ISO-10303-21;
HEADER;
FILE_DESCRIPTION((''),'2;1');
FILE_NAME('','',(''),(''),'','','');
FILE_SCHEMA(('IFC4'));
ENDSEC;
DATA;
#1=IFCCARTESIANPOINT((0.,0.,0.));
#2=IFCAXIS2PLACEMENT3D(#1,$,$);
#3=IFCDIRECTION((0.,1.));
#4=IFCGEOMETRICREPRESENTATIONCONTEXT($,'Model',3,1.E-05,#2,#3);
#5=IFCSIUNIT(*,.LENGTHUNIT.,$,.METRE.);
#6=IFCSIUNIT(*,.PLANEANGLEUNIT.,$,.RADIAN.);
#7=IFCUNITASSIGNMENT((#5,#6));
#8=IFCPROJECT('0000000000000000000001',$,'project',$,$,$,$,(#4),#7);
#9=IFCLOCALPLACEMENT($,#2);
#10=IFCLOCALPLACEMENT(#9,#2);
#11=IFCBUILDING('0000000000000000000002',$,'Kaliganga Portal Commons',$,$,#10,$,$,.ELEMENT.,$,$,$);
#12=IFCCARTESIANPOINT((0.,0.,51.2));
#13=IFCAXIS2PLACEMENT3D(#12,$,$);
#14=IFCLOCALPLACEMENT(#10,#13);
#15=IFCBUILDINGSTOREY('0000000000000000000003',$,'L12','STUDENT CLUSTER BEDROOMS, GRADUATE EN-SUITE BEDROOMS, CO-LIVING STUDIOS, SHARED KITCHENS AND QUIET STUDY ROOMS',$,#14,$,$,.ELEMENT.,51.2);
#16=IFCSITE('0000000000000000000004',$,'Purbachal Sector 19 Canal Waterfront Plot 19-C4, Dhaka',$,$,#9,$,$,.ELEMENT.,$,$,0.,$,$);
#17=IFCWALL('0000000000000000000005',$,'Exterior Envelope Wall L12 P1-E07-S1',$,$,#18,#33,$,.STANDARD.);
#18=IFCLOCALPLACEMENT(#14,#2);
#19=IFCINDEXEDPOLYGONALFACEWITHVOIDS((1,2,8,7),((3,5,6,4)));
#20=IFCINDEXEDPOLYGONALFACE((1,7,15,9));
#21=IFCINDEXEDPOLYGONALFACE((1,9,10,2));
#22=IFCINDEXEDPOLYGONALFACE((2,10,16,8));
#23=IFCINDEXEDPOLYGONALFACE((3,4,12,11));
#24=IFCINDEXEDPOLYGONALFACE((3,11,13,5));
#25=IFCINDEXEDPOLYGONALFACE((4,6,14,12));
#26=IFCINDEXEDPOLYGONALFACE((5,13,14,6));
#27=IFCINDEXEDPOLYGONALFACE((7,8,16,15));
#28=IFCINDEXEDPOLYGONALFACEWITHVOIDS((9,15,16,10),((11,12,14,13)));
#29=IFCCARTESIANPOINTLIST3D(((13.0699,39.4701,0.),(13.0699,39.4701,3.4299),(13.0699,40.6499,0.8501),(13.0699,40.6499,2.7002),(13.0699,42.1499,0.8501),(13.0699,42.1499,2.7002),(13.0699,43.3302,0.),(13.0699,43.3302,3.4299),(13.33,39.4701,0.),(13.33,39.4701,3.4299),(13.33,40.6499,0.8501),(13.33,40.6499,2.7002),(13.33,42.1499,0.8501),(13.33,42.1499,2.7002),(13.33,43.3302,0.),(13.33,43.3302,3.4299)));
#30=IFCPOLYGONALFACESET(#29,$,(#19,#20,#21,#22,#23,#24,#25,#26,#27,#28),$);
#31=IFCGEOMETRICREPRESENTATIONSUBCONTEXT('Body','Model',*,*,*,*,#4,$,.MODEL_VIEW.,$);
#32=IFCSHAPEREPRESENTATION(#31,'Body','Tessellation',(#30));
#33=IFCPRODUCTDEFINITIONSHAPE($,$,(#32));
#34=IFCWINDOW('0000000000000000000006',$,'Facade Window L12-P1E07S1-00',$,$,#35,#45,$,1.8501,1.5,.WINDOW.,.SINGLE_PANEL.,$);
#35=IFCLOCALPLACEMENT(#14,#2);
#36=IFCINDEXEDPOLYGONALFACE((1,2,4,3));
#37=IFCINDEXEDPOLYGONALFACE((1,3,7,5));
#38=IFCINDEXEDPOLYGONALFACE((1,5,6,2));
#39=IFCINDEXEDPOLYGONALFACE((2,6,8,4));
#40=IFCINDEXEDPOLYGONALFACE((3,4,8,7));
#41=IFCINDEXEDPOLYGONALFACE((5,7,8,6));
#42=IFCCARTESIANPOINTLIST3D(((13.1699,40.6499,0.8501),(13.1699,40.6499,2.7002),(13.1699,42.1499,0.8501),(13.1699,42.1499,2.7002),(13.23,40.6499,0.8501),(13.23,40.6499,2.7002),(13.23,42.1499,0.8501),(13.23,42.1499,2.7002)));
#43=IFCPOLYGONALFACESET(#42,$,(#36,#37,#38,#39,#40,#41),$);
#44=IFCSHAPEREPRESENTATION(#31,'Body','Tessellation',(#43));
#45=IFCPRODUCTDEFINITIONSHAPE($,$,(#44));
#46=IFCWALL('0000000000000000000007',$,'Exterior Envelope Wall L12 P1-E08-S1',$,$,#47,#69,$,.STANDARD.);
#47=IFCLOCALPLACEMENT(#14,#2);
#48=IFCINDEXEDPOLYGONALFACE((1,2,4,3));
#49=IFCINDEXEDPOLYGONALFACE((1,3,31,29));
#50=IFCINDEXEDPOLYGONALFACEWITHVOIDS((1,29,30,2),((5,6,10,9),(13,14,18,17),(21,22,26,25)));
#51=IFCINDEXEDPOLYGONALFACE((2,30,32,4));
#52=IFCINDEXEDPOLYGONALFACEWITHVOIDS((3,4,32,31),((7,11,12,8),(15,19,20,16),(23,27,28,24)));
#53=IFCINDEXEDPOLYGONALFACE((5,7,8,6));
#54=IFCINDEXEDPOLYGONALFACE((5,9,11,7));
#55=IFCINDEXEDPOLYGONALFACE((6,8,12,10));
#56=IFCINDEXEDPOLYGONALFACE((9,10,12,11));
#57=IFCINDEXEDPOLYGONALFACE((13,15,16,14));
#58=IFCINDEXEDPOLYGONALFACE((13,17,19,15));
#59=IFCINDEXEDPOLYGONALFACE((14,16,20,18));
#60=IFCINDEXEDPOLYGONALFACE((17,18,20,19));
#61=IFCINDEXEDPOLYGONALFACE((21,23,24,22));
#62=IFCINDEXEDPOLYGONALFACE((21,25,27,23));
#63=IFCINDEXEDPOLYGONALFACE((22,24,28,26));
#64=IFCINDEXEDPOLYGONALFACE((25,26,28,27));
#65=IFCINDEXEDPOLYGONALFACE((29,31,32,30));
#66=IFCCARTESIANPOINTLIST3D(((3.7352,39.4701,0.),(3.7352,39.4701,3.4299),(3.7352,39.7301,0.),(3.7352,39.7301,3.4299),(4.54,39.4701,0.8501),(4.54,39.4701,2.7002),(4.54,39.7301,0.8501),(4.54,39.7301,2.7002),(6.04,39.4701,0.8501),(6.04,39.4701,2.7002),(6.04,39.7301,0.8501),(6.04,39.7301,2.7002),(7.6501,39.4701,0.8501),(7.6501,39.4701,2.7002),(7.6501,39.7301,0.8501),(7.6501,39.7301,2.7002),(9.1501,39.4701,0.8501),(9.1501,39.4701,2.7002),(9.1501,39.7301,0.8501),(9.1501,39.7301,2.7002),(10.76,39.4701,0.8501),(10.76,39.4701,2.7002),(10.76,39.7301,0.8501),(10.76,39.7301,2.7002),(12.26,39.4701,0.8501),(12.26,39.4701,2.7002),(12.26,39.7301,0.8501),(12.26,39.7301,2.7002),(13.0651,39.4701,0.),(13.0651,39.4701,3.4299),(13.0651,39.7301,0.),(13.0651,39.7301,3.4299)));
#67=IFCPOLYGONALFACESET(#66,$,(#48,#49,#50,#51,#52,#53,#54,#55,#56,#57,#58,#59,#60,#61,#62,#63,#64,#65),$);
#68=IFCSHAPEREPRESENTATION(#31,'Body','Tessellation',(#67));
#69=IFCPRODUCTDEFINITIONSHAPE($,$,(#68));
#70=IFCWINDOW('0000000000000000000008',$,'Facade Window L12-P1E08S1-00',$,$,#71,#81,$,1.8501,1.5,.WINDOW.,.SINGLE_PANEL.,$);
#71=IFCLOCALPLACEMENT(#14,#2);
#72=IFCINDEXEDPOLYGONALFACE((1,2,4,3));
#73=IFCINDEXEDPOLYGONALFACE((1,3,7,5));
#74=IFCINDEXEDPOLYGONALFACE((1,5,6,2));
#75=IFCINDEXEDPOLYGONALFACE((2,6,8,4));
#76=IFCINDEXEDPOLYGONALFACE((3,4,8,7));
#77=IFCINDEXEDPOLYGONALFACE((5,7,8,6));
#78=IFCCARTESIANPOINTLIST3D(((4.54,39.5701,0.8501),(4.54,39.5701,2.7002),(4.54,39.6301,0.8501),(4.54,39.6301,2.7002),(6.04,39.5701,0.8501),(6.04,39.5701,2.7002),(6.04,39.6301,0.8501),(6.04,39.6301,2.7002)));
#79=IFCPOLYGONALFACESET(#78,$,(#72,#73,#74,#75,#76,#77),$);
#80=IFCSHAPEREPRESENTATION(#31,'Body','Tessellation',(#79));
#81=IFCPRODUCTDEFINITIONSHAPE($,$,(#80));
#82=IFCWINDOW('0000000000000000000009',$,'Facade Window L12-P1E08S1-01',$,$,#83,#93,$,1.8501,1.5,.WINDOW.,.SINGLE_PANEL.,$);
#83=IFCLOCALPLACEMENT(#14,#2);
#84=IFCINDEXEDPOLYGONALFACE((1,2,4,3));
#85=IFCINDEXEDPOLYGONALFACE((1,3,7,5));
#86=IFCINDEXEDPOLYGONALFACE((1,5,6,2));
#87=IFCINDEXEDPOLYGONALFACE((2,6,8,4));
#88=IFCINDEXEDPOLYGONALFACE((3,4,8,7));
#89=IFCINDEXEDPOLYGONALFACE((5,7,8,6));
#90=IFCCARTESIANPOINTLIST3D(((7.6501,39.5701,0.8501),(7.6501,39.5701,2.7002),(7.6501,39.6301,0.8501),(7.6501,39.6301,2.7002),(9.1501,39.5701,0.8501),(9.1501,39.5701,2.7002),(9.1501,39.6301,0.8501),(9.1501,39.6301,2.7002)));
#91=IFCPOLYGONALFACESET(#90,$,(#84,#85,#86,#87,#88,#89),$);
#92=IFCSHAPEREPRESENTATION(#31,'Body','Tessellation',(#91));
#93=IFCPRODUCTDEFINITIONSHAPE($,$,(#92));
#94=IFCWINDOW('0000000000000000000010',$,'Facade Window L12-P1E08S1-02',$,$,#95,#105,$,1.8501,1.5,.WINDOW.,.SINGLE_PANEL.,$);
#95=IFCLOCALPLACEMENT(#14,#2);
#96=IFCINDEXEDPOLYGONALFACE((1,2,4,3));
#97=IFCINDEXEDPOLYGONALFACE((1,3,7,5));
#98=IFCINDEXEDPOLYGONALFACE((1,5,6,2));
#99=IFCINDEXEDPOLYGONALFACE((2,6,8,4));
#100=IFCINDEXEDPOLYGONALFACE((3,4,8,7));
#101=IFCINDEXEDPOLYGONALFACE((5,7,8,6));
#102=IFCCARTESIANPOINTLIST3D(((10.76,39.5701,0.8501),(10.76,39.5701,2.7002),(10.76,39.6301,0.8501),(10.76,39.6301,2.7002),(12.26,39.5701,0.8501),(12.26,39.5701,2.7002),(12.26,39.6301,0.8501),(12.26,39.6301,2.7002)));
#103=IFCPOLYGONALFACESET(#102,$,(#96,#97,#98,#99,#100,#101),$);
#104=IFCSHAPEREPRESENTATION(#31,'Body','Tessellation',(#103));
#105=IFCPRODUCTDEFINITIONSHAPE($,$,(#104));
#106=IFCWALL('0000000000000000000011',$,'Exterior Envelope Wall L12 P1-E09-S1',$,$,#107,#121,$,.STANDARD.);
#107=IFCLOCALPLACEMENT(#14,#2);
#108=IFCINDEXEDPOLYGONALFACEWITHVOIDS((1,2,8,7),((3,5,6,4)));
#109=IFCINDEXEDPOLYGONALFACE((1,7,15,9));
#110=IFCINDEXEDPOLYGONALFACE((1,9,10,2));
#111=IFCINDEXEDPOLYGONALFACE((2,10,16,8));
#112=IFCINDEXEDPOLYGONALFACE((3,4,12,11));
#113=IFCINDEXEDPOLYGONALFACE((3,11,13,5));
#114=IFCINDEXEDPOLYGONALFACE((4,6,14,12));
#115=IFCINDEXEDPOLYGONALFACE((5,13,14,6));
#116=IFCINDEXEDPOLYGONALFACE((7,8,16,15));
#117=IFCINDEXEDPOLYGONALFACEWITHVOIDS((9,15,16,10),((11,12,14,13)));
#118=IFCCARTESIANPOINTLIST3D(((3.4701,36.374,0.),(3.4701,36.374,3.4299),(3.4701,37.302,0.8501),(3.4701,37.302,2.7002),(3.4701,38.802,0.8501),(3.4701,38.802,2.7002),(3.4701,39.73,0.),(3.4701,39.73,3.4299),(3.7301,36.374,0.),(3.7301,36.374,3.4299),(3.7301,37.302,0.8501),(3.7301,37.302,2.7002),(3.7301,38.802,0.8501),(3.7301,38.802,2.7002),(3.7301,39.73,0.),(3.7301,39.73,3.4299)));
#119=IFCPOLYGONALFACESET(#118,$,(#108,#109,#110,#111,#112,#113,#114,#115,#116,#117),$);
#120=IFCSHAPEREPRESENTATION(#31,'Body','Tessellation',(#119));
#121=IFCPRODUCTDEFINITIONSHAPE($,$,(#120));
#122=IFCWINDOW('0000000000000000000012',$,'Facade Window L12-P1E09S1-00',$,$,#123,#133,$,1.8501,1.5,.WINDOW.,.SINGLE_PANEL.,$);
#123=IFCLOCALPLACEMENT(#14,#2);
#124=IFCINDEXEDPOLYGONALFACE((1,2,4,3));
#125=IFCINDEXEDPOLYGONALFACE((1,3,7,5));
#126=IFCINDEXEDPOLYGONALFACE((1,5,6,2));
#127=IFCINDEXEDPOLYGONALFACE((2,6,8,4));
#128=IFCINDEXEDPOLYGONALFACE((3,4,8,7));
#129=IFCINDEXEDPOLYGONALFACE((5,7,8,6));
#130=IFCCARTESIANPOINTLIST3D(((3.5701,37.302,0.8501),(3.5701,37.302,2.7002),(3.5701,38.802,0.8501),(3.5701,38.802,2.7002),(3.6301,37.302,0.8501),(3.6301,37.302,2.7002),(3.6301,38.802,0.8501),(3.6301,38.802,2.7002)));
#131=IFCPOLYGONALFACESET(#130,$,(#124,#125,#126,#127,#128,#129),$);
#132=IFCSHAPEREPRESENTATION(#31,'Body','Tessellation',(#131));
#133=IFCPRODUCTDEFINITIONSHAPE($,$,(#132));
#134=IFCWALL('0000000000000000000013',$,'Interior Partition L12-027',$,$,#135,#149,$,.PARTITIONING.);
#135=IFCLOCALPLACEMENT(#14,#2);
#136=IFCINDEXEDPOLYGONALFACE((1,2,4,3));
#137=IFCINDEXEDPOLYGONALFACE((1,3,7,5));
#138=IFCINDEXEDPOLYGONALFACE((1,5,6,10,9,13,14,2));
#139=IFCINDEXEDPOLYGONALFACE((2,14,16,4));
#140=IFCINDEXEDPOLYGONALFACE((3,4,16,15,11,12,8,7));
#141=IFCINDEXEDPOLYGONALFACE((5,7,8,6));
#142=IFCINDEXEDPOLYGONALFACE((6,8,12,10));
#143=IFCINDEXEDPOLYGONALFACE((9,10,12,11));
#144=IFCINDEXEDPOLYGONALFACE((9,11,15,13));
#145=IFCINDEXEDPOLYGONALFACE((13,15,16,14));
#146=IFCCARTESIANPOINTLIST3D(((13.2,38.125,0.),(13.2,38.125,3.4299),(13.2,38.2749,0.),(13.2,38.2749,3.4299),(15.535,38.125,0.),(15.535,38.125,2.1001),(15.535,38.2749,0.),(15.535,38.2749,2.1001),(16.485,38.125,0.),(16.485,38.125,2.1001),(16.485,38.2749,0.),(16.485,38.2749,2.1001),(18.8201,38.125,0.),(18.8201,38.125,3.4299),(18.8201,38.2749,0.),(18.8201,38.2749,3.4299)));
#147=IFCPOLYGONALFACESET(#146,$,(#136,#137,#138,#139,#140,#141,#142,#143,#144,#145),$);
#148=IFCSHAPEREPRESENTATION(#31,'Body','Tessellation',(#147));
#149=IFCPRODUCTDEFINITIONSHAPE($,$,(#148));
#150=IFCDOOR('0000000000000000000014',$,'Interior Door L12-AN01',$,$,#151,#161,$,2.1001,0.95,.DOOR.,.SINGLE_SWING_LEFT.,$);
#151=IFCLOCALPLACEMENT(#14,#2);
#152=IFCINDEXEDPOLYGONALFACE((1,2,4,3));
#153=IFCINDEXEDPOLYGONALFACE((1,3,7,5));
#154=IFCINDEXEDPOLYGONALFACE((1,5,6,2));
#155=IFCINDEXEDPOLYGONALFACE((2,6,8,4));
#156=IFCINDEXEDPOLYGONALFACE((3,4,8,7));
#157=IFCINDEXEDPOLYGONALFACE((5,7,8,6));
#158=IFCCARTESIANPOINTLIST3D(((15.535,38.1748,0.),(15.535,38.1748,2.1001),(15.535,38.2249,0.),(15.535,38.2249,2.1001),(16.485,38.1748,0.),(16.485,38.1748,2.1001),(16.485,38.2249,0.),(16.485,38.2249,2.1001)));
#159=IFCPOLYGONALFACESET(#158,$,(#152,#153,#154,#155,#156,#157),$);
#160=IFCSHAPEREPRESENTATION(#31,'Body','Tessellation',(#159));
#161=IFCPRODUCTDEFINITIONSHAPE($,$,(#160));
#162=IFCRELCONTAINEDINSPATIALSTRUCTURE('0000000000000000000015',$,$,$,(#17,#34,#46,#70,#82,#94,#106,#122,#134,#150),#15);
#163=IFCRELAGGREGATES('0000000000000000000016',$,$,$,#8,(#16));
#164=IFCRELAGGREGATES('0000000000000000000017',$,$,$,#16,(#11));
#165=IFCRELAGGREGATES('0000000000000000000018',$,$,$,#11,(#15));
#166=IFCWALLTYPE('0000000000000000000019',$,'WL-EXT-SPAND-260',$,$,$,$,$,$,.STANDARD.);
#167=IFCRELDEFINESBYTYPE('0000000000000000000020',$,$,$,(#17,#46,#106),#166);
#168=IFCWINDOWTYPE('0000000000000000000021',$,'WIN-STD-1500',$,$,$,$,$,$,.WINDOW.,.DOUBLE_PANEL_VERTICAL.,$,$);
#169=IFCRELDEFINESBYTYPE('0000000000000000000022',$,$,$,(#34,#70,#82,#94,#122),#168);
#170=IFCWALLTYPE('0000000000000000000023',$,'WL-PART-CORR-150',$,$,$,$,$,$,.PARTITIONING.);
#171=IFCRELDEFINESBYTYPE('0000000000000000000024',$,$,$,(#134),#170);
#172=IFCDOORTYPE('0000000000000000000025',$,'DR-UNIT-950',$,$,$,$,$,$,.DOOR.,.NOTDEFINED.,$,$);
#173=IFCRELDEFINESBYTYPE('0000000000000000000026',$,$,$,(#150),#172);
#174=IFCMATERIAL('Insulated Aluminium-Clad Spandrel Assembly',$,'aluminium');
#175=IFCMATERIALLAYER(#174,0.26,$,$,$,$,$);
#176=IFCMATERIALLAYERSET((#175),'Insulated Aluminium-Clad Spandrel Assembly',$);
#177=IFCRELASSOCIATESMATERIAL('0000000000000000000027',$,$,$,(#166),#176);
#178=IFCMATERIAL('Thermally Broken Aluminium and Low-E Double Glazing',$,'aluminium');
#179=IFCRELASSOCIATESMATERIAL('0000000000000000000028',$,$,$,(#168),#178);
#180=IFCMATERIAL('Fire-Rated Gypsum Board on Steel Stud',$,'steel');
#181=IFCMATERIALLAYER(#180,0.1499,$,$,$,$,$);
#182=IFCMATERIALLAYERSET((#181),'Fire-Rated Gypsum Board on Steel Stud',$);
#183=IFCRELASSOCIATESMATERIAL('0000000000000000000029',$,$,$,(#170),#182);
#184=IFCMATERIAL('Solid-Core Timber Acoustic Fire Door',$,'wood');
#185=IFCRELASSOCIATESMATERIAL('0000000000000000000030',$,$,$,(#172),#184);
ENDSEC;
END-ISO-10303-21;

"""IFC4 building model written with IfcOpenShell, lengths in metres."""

from ifc_helpers import new_model, si_unit, direction, frame, frame_2d, origin, place, context, subcontext, project, spatial, rectangle, extrude, material, layer, layer_set, type_object, element, fill, save


model = new_model("IFC4")

# Units and contexts
model_context = context("Model", 3, precision=1e-05, world=origin(), true_north=direction((0.0, 1.0)))
body_context = subcontext(model_context, "Body", "Model", "MODEL_VIEW")
ifc_project = project(units=[si_unit("LENGTHUNIT", "METRE"), si_unit("PLANEANGLEUNIT", "RADIAN")], contexts=[model_context])

# Site, building, storey
site_placement = place(None, origin())
site = spatial("IfcSite", under=ifc_project, at=site_placement, Name="Purbachal Sector 19 Canal Waterfront Plot 19-C4, Dhaka", CompositionType="ELEMENT", RefElevation=0.0)
building_placement = place(site_placement, origin())
building = spatial("IfcBuilding", under=site, at=building_placement, Name="Kaliganga Portal Commons", CompositionType="ELEMENT")
storey_placement = place(building_placement, frame((0.0, 0.0, 51.2)))
storey = spatial("IfcBuildingStorey", under=building, at=storey_placement, Name="L12", Description="STUDENT CLUSTER BEDROOMS, GRADUATE EN-SUITE BEDROOMS, CO-LIVING STUDIOS, SHARED KITCHENS AND QUIET STUDY ROOMS", CompositionType="ELEMENT", Elevation=51.2)

# Shared definitions
ifc_material_1 = material(Name="Insulated Aluminium-Clad Spandrel Assembly", Category="aluminium")
ifc_layer_1 = layer(ifc_material_1, 0.26)
ifc_layer_set_1 = layer_set([ifc_layer_1], Name="Insulated Aluminium-Clad Spandrel Assembly")
wall_type_1 = type_object("IfcWallType", Name="WL-EXT-SPAND-260", PredefinedType="STANDARD", material=ifc_layer_set_1)

# Wall, opening, window
wall_1_placement = place(storey_placement, frame((13.2, 39.47, 0.0), z_axis=(0.0, 0.0, 1.0), x_axis=(0.0, 1.0, 0.0)))
wall_1 = element("IfcWall", 1, at=wall_1_placement, inside=storey, type_object=wall_type_1, Name="Exterior Envelope Wall L12 P1-E07-S1", PredefinedType="STANDARD", context=body_context, shape_type="SweptSolid", body=[
    extrude(rectangle(XDim=3.8601, YDim=0.26, at=frame_2d((1.9302, 0.0))), origin(), (0.0, 0.0, 1.0), 3.4299),
])
opening_1_placement = place(wall_1_placement, frame((1.1799, 0.0, 0.8501)))
opening_1 = element("IfcOpeningElement", 2, at=opening_1_placement, cuts=wall_1, PredefinedType="OPENING", context=body_context, shape_type="SweptSolid", body=[
    extrude(rectangle(XDim=1.5, YDim=1.8501, at=frame_2d((0.75, 0.925))), frame((0.0, 0.1401, 0.0), z_axis=(0.0, -1.0, 0.0), x_axis=(1.0, 0.0, 0.0)), (0.0, 0.0, 1.0), 0.28),
])
ifc_material_2 = material(Name="Thermally Broken Aluminium and Low-E Double Glazing", Category="aluminium")
window_type = type_object("IfcWindowType", Name="WIN-STD-1500", PartitioningType="DOUBLE_PANEL_VERTICAL", PredefinedType="WINDOW", material=ifc_material_2)
window_1_placement = place(opening_1_placement, origin())
window_1 = element("IfcWindow", 3, at=window_1_placement, inside=storey, type_object=window_type, Name="Facade Window L12-P1E07S1-00", OverallHeight=1.8501, OverallWidth=1.5, PartitioningType="SINGLE_PANEL", PredefinedType="WINDOW", context=body_context, shape_type="SweptSolid", body=[
    extrude(rectangle(XDim=1.5, YDim=1.8501, at=frame_2d((0.75, 0.925))), frame((0.0, 0.03, 0.0), z_axis=(0.0, -1.0, 0.0), x_axis=(1.0, 0.0, 0.0)), (0.0, 0.0, 1.0), 0.0601),
])
fill(opening_1, window_1)

# Wall, openings, windows
wall_2_placement = place(storey_placement, frame((3.7351, 39.6001, 0.0), z_axis=(0.0, 0.0, 1.0), x_axis=(1.0, 0.0, 0.0)))
wall_2 = element("IfcWall", 4, at=wall_2_placement, inside=storey, type_object=wall_type_1, Name="Exterior Envelope Wall L12 P1-E08-S1", PredefinedType="STANDARD", context=body_context, shape_type="SweptSolid", body=[
    extrude(rectangle(XDim=9.3298, YDim=0.26, at=frame_2d((4.665, 0.0))), origin(), (0.0, 0.0, 1.0), 3.4299),
])
opening_2_placement = place(wall_2_placement, frame((0.8049, 0.0, 0.8501)))
opening_2 = element("IfcOpeningElement", 5, at=opening_2_placement, cuts=wall_2, PredefinedType="OPENING", context=body_context, shape_type="SweptSolid", body=[
    extrude(rectangle(XDim=1.5, YDim=1.8501, at=frame_2d((0.75, 0.925))), frame((0.0, 0.1401, 0.0), z_axis=(0.0, -1.0, 0.0), x_axis=(1.0, 0.0, 0.0)), (0.0, 0.0, 1.0), 0.28),
])
opening_3_placement = place(wall_2_placement, frame((3.915, 0.0, 0.8501)))
opening_3 = element("IfcOpeningElement", 6, at=opening_3_placement, cuts=wall_2, PredefinedType="OPENING", context=body_context, shape_type="SweptSolid", body=[
    extrude(rectangle(XDim=1.5, YDim=1.8501, at=frame_2d((0.75, 0.925))), frame((0.0, 0.1401, 0.0), z_axis=(0.0, -1.0, 0.0), x_axis=(1.0, 0.0, 0.0)), (0.0, 0.0, 1.0), 0.28),
])
opening_4_placement = place(wall_2_placement, frame((7.0249, 0.0, 0.8501)))
opening_4 = element("IfcOpeningElement", 7, at=opening_4_placement, cuts=wall_2, PredefinedType="OPENING", context=body_context, shape_type="SweptSolid", body=[
    extrude(rectangle(XDim=1.5, YDim=1.8501, at=frame_2d((0.75, 0.925))), frame((0.0, 0.1401, 0.0), z_axis=(0.0, -1.0, 0.0), x_axis=(1.0, 0.0, 0.0)), (0.0, 0.0, 1.0), 0.28),
])
window_2_placement = place(opening_2_placement, origin())
window_2 = element("IfcWindow", 8, at=window_2_placement, inside=storey, type_object=window_type, Name="Facade Window L12-P1E08S1-00", OverallHeight=1.8501, OverallWidth=1.5, PartitioningType="SINGLE_PANEL", PredefinedType="WINDOW", context=body_context, shape_type="SweptSolid", body=[
    extrude(rectangle(XDim=1.5, YDim=1.8501, at=frame_2d((0.75, 0.925))), frame((0.0, 0.03, 0.0), z_axis=(0.0, -1.0, 0.0), x_axis=(1.0, 0.0, 0.0)), (0.0, 0.0, 1.0), 0.0601),
])
fill(opening_2, window_2)
window_3_placement = place(opening_3_placement, origin())
window_3 = element("IfcWindow", 9, at=window_3_placement, inside=storey, type_object=window_type, Name="Facade Window L12-P1E08S1-01", OverallHeight=1.8501, OverallWidth=1.5, PartitioningType="SINGLE_PANEL", PredefinedType="WINDOW", context=body_context, shape_type="SweptSolid", body=[
    extrude(rectangle(XDim=1.5, YDim=1.8501, at=frame_2d((0.75, 0.925))), frame((0.0, 0.03, 0.0), z_axis=(0.0, -1.0, 0.0), x_axis=(1.0, 0.0, 0.0)), (0.0, 0.0, 1.0), 0.0601),
])
fill(opening_3, window_3)
window_4_placement = place(opening_4_placement, origin())
window_4 = element("IfcWindow", 10, at=window_4_placement, inside=storey, type_object=window_type, Name="Facade Window L12-P1E08S1-02", OverallHeight=1.8501, OverallWidth=1.5, PartitioningType="SINGLE_PANEL", PredefinedType="WINDOW", context=body_context, shape_type="SweptSolid", body=[
    extrude(rectangle(XDim=1.5, YDim=1.8501, at=frame_2d((0.75, 0.925))), frame((0.0, 0.03, 0.0), z_axis=(0.0, -1.0, 0.0), x_axis=(1.0, 0.0, 0.0)), (0.0, 0.0, 1.0), 0.0601),
])
fill(opening_4, window_4)

# Wall, opening, window
wall_3_placement = place(storey_placement, frame((3.6001, 36.374, 0.0), z_axis=(0.0, 0.0, 1.0), x_axis=(0.0, 1.0, 0.0)))
wall_3 = element("IfcWall", 11, at=wall_3_placement, inside=storey, type_object=wall_type_1, Name="Exterior Envelope Wall L12 P1-E09-S1", PredefinedType="STANDARD", context=body_context, shape_type="SweptSolid", body=[
    extrude(rectangle(XDim=3.356, YDim=0.26, at=frame_2d((1.678, 0.0))), origin(), (0.0, 0.0, 1.0), 3.4299),
])
opening_5_placement = place(wall_3_placement, frame((0.928, 0.0, 0.8501)))
opening_5 = element("IfcOpeningElement", 12, at=opening_5_placement, cuts=wall_3, PredefinedType="OPENING", context=body_context, shape_type="SweptSolid", body=[
    extrude(rectangle(XDim=1.5, YDim=1.8501, at=frame_2d((0.75, 0.925))), frame((0.0, 0.1401, 0.0), z_axis=(0.0, -1.0, 0.0), x_axis=(1.0, 0.0, 0.0)), (0.0, 0.0, 1.0), 0.28),
])
window_5_placement = place(opening_5_placement, origin())
window_5 = element("IfcWindow", 13, at=window_5_placement, inside=storey, type_object=window_type, Name="Facade Window L12-P1E09S1-00", OverallHeight=1.8501, OverallWidth=1.5, PartitioningType="SINGLE_PANEL", PredefinedType="WINDOW", context=body_context, shape_type="SweptSolid", body=[
    extrude(rectangle(XDim=1.5, YDim=1.8501, at=frame_2d((0.75, 0.925))), frame((0.0, 0.03, 0.0), z_axis=(0.0, -1.0, 0.0), x_axis=(1.0, 0.0, 0.0)), (0.0, 0.0, 1.0), 0.0601),
])
fill(opening_5, window_5)

# Wall, opening, door
ifc_material_3 = material(Name="Fire-Rated Gypsum Board on Steel Stud", Category="steel")
ifc_layer_2 = layer(ifc_material_3, 0.1499)
ifc_layer_set_2 = layer_set([ifc_layer_2], Name="Fire-Rated Gypsum Board on Steel Stud")
wall_type_2 = type_object("IfcWallType", Name="WL-PART-CORR-150", PredefinedType="PARTITIONING", material=ifc_layer_set_2)
wall_4_placement = place(storey_placement, frame((13.2, 38.2, 0.0), z_axis=(0.0, 0.0, 1.0), x_axis=(1.0, 0.0, 0.0)))
wall_4 = element("IfcWall", 14, at=wall_4_placement, inside=storey, type_object=wall_type_2, Name="Interior Partition L12-027", PredefinedType="PARTITIONING", context=body_context, shape_type="SweptSolid", body=[
    extrude(rectangle(XDim=5.6201, YDim=0.1499, at=frame_2d((2.8101, 0.0))), origin(), (0.0, 0.0, 1.0), 3.4299),
])
opening_6_placement = place(wall_4_placement, frame((2.335, 0.0, 0.0)))
opening_6 = element("IfcOpeningElement", 15, at=opening_6_placement, cuts=wall_4, PredefinedType="OPENING", context=body_context, shape_type="SweptSolid", body=[
    extrude(rectangle(XDim=0.95, YDim=2.1001, at=frame_2d((0.4751, 1.05))), frame((0.0, 0.085, 0.0), z_axis=(0.0, -1.0, 0.0), x_axis=(1.0, 0.0, 0.0)), (0.0, 0.0, 1.0), 0.1699),
])
ifc_material_4 = material(Name="Solid-Core Timber Acoustic Fire Door", Category="wood")
door_type_1 = type_object("IfcDoorType", Name="DR-UNIT-950", OperationType="NOTDEFINED", PredefinedType="DOOR", material=ifc_material_4)
door_1_placement = place(opening_6_placement, origin())
door_1 = element("IfcDoor", 16, at=door_1_placement, inside=storey, type_object=door_type_1, Name="Interior Door L12-AN01", OperationType="SINGLE_SWING_LEFT", OverallHeight=2.1001, OverallWidth=0.95, PredefinedType="DOOR", context=body_context, shape_type="SweptSolid", body=[
    extrude(rectangle(XDim=0.95, YDim=2.1001, at=frame_2d((0.4751, 1.05))), frame((0.0, 0.0249, 0.0), z_axis=(0.0, -1.0, 0.0), x_axis=(1.0, 0.0, 0.0)), (0.0, 0.0, 1.0), 0.05),
])
fill(opening_6, door_1)

save(model, "model.ifc")
